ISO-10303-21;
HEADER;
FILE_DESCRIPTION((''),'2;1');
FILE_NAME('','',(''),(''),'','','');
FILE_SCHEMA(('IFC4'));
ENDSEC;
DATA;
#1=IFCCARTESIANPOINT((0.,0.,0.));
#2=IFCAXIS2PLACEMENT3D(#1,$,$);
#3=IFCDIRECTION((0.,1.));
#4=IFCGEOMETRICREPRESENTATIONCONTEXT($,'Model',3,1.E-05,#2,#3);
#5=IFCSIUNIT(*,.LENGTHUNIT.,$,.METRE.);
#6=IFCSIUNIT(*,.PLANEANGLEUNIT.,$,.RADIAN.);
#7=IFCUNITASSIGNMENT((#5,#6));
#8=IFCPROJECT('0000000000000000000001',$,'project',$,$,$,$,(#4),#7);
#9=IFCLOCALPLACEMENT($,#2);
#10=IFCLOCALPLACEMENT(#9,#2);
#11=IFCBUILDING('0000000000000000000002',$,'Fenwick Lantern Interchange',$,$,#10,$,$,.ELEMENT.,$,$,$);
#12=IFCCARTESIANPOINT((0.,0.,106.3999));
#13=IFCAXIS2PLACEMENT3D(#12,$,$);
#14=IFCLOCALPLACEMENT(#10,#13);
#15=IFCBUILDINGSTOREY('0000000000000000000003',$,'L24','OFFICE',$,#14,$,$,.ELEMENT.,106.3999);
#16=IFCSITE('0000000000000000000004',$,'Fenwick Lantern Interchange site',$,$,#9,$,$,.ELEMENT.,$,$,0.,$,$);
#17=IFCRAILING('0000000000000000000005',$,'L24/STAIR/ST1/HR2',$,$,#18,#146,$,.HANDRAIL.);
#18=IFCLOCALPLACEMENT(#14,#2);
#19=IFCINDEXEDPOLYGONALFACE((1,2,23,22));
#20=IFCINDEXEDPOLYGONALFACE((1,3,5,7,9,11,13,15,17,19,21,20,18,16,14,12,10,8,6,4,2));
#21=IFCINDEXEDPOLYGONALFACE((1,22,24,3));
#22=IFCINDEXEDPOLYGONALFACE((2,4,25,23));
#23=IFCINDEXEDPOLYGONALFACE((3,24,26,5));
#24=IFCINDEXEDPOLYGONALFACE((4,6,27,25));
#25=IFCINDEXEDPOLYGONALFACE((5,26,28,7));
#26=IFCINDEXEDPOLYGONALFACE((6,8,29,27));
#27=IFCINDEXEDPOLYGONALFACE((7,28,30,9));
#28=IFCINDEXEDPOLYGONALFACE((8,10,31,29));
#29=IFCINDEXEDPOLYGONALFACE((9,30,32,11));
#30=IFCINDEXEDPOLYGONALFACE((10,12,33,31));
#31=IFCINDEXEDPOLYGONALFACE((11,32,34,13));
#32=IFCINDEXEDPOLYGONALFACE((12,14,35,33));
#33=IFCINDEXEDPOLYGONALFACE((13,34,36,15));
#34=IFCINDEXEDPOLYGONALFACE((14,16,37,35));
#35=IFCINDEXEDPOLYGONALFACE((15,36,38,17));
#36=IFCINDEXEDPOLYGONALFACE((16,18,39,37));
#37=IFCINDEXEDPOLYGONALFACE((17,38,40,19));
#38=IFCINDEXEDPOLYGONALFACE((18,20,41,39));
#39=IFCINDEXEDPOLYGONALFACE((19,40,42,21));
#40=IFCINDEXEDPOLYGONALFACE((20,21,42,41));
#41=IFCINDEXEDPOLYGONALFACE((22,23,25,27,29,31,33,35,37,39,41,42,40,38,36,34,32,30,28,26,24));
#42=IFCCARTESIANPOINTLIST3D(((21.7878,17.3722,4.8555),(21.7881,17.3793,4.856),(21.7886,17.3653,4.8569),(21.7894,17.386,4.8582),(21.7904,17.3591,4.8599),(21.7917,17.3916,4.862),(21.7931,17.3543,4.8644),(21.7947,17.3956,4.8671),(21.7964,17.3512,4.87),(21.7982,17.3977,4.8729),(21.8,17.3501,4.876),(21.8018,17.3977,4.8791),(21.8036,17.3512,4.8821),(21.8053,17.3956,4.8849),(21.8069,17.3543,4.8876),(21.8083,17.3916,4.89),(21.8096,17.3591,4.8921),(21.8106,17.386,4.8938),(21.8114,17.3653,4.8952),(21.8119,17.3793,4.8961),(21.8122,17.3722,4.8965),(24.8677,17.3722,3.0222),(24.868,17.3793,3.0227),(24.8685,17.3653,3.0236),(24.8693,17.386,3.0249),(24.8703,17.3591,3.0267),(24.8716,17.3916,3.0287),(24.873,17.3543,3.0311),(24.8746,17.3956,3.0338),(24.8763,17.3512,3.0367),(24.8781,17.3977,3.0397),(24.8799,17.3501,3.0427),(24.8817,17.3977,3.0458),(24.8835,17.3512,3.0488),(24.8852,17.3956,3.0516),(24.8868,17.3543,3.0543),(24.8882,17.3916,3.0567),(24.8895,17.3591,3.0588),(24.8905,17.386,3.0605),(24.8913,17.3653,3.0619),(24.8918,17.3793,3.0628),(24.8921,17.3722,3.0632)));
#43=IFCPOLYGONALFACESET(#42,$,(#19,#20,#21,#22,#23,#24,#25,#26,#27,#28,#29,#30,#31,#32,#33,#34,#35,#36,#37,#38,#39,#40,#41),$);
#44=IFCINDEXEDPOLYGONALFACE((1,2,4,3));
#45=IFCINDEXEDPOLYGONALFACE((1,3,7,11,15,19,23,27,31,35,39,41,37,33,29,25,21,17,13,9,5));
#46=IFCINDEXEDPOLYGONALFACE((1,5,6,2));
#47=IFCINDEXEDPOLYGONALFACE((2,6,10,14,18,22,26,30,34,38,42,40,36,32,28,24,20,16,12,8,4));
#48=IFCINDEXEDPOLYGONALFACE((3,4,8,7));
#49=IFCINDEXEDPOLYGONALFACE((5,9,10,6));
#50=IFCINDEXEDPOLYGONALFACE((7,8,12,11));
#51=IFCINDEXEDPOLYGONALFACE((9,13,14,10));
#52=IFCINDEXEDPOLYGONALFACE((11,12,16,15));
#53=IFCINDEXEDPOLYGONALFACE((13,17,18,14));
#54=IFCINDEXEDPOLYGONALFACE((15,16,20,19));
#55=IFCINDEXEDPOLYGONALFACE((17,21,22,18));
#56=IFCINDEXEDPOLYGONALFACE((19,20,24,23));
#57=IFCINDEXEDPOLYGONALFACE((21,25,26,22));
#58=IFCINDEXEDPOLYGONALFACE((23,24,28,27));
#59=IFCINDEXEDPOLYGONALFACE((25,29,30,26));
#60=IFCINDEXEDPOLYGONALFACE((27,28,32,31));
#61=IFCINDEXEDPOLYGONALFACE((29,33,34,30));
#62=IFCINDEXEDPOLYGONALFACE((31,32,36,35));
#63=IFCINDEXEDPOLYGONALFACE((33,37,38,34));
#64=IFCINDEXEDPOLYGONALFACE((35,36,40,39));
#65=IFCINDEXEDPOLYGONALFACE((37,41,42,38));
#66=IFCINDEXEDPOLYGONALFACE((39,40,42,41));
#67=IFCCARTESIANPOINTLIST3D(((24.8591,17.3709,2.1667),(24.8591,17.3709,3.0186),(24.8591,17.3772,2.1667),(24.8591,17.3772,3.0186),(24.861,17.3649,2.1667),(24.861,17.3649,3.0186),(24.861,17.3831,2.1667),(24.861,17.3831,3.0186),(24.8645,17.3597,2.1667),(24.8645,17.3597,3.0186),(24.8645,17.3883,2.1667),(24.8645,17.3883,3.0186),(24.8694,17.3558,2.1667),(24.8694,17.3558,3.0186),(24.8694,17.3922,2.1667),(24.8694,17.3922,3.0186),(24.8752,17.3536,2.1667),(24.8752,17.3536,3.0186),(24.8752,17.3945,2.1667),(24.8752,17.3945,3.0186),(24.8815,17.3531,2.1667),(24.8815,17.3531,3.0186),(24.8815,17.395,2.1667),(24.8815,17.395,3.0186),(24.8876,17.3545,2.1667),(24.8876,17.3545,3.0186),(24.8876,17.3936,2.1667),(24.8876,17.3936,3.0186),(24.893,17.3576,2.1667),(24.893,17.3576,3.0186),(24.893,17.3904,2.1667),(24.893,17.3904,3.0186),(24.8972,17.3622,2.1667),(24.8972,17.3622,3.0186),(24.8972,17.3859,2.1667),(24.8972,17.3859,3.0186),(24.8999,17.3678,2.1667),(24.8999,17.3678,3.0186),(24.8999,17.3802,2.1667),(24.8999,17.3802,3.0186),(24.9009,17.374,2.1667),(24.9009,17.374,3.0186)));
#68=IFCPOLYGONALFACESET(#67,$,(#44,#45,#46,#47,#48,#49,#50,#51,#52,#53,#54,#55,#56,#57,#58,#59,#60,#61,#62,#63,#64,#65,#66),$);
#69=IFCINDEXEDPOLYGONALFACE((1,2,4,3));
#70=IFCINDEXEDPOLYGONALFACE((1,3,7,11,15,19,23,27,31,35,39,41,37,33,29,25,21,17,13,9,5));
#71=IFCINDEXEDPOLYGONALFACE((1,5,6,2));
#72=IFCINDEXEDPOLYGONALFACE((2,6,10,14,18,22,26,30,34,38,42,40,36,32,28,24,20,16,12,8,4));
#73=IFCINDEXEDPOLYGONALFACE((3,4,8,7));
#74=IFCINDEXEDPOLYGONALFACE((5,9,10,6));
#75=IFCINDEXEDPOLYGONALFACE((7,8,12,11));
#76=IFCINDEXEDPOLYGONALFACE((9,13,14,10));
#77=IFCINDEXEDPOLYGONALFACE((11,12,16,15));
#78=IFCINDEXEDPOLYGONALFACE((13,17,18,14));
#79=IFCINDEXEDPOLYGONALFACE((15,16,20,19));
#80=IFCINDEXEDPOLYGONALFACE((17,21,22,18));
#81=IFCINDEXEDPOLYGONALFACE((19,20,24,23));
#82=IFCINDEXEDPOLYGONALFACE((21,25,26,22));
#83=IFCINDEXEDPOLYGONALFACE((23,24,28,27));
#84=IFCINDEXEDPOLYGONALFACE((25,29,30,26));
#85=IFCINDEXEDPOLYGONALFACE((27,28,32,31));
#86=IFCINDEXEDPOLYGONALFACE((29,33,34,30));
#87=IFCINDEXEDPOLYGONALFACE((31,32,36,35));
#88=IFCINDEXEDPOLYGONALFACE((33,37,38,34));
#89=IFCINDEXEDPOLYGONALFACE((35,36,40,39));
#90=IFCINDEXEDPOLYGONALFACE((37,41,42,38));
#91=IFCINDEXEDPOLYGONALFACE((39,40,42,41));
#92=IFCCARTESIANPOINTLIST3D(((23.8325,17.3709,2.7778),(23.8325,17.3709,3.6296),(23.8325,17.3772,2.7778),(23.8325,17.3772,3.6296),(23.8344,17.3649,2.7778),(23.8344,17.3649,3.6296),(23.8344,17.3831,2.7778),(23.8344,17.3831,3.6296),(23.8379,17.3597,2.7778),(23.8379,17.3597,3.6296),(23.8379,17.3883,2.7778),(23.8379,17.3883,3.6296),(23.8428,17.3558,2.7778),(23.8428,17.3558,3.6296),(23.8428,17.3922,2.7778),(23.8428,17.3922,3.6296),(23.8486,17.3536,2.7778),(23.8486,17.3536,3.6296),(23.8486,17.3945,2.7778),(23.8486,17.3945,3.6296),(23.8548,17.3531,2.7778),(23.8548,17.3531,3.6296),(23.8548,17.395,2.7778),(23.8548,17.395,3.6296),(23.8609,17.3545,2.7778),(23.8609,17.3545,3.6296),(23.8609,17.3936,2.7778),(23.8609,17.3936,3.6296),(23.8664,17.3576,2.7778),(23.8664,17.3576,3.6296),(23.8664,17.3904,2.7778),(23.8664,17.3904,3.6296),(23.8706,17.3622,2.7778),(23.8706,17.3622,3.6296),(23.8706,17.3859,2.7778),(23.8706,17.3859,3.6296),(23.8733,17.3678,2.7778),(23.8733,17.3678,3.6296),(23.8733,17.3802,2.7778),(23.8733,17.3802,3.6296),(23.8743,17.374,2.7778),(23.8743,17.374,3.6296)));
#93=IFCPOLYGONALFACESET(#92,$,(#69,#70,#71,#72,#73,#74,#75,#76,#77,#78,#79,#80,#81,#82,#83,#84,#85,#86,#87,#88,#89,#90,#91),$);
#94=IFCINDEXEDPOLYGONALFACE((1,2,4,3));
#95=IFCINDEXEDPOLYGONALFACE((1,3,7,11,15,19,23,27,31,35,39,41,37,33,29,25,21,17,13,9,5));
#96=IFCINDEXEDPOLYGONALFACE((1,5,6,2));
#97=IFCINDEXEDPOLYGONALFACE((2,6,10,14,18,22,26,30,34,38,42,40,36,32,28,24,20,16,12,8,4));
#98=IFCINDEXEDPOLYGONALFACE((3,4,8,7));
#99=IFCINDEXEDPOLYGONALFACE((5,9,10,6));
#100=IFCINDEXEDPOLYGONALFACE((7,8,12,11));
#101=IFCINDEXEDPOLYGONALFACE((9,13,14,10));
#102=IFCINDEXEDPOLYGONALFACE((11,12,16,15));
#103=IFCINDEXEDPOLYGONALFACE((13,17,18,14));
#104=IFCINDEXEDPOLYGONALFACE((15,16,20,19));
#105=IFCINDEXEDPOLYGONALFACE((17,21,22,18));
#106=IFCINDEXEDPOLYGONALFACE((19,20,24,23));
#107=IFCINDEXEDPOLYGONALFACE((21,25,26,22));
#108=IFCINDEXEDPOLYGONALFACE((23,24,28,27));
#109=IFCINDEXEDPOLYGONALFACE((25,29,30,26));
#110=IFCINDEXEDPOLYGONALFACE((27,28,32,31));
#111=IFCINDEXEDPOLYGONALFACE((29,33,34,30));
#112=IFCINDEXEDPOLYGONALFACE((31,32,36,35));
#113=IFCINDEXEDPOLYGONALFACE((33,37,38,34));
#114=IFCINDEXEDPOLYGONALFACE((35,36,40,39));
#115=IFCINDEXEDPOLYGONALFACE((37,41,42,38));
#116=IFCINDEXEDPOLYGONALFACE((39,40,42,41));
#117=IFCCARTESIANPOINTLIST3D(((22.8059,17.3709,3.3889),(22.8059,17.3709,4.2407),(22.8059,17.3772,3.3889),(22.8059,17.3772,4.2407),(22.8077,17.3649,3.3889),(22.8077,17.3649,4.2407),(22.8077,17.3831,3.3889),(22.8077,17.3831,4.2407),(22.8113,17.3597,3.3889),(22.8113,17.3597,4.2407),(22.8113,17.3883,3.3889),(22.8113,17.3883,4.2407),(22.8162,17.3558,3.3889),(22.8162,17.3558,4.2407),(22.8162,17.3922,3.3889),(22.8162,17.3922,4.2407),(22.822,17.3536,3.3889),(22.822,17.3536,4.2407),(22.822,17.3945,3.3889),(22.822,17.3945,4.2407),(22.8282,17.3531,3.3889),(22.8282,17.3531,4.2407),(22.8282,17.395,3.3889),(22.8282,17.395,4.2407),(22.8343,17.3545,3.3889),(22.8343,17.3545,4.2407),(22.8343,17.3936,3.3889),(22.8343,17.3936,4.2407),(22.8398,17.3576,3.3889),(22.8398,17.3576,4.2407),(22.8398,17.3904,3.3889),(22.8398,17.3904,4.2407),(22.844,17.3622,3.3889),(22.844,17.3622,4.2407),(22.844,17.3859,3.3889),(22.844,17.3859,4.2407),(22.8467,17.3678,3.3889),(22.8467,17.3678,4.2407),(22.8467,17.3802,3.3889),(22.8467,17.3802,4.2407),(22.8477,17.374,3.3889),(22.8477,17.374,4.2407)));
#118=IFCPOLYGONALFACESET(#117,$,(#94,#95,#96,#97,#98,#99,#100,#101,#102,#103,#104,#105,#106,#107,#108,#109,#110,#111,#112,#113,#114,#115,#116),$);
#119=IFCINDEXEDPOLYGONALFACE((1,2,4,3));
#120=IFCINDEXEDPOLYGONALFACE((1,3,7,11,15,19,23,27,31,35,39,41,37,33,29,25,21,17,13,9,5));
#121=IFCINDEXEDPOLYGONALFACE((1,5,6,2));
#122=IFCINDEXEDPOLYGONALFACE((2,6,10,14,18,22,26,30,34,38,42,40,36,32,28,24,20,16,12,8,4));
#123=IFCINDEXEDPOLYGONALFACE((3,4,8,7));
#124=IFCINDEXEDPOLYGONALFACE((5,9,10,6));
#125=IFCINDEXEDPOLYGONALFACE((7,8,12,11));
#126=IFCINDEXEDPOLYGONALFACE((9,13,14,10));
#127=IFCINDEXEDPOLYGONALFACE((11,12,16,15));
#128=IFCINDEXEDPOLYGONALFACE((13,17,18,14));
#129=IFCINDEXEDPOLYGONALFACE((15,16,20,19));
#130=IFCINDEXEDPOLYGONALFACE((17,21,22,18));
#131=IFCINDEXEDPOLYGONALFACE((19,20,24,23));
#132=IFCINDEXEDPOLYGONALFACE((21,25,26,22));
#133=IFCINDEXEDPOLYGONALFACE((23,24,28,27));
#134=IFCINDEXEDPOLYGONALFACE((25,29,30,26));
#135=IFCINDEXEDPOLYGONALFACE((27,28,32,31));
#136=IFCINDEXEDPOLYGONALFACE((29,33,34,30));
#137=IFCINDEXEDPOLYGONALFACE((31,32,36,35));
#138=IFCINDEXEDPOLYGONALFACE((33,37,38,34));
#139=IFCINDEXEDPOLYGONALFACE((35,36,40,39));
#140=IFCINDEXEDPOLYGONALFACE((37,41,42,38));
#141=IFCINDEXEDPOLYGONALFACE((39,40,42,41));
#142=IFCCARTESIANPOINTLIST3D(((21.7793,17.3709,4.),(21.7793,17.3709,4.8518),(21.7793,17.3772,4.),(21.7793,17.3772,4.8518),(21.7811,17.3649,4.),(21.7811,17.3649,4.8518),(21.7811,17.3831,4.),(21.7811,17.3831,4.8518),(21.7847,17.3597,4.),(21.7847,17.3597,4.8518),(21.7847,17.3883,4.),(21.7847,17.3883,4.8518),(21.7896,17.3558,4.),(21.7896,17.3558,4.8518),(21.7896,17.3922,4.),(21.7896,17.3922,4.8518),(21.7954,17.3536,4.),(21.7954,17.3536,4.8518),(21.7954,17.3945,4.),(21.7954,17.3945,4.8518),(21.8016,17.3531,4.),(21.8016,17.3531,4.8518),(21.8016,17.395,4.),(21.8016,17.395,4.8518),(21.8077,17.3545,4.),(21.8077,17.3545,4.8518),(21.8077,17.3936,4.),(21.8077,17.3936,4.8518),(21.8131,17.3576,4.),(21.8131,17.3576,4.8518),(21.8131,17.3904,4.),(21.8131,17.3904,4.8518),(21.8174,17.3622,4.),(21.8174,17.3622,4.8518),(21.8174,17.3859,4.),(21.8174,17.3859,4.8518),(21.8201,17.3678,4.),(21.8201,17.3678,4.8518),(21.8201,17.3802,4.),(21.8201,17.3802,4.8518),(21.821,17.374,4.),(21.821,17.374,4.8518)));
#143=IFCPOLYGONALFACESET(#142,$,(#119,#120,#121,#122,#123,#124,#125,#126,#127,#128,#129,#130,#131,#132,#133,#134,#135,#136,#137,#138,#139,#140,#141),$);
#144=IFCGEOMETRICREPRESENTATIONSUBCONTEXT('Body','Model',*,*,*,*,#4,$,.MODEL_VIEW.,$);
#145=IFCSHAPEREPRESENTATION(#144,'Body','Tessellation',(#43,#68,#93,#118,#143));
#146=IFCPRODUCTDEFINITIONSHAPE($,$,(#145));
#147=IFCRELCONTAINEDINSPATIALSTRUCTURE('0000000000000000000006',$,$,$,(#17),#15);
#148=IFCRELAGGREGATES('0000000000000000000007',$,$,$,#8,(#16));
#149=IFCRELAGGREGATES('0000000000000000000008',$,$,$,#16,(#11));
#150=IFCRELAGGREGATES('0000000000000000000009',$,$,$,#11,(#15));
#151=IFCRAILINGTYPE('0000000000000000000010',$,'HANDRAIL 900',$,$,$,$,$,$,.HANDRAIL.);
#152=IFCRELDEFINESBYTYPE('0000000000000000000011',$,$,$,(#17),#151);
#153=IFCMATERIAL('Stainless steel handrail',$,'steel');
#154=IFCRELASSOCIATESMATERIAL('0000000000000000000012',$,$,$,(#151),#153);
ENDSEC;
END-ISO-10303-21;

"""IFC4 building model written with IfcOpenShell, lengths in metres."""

from ifc_helpers import new_model, si_unit, direction, frame, origin, origin_2d, place, context, subcontext, project, spatial, circle, extrude, material, type_object, element, save


model = new_model("IFC4")

# Units and contexts
model_context = context("Model", 3, precision=1e-05, world=origin(), true_north=direction((0.0, 1.0)))
body_context = subcontext(model_context, "Body", "Model", "MODEL_VIEW")
ifc_project = project(units=[si_unit("LENGTHUNIT", "METRE"), si_unit("PLANEANGLEUNIT", "RADIAN")], contexts=[model_context])

# Site, building, storey
site_placement = place(None, origin())
site = spatial("IfcSite", under=ifc_project, at=site_placement, Name="Fenwick Lantern Interchange site", CompositionType="ELEMENT", RefElevation=0.0)
building_placement = place(site_placement, origin())
building = spatial("IfcBuilding", under=site, at=building_placement, Name="Fenwick Lantern Interchange", CompositionType="ELEMENT")
storey_placement = place(building_placement, frame((0.0, 0.0, 106.3999)))
storey = spatial("IfcBuildingStorey", under=building, at=storey_placement, Name="L24", Description="OFFICE", CompositionType="ELEMENT", Elevation=106.3999)

# Railing
ifc_material_1 = material(Name="Stainless steel handrail", Category="steel")
railing_type = type_object("IfcRailingType", Name="HANDRAIL 900", PredefinedType="HANDRAIL", material=ifc_material_1)
railing_1_placement = place(storey_placement, frame((24.8799, 17.374, 2.1667)))
element("IfcRailing", 1, at=railing_1_placement, inside=storey, type_object=railing_type, Name="L24/STAIR/ST1/HR2", PredefinedType="HANDRAIL", context=body_context, shape_type="SweptSolid", body=[
    extrude(circle(Radius=0.0239, at=origin_2d()), frame((0.0, 0.0, 0.876), z_axis=(-0.859291, 0.0, 0.511487), x_axis=(0.0, -1.0, 0.0)), (0.0, 0.0, 1.0), 3.5842),
    extrude(circle(Radius=0.021, at=origin_2d()), origin(), (0.0, 0.0, 1.0), 0.8518),
    extrude(circle(Radius=0.021, at=origin_2d()), frame((-1.0266, 0.0, 0.6111)), (0.0, 0.0, 1.0), 0.8518),
    extrude(circle(Radius=0.021, at=origin_2d()), frame((-2.0532, 0.0, 1.2222)), (0.0, 0.0, 1.0), 0.8518),
    extrude(circle(Radius=0.021, at=origin_2d()), frame((-3.0798, 0.0, 1.8333)), (0.0, 0.0, 1.0), 0.8518),
])

save(model, "model.ifc")
